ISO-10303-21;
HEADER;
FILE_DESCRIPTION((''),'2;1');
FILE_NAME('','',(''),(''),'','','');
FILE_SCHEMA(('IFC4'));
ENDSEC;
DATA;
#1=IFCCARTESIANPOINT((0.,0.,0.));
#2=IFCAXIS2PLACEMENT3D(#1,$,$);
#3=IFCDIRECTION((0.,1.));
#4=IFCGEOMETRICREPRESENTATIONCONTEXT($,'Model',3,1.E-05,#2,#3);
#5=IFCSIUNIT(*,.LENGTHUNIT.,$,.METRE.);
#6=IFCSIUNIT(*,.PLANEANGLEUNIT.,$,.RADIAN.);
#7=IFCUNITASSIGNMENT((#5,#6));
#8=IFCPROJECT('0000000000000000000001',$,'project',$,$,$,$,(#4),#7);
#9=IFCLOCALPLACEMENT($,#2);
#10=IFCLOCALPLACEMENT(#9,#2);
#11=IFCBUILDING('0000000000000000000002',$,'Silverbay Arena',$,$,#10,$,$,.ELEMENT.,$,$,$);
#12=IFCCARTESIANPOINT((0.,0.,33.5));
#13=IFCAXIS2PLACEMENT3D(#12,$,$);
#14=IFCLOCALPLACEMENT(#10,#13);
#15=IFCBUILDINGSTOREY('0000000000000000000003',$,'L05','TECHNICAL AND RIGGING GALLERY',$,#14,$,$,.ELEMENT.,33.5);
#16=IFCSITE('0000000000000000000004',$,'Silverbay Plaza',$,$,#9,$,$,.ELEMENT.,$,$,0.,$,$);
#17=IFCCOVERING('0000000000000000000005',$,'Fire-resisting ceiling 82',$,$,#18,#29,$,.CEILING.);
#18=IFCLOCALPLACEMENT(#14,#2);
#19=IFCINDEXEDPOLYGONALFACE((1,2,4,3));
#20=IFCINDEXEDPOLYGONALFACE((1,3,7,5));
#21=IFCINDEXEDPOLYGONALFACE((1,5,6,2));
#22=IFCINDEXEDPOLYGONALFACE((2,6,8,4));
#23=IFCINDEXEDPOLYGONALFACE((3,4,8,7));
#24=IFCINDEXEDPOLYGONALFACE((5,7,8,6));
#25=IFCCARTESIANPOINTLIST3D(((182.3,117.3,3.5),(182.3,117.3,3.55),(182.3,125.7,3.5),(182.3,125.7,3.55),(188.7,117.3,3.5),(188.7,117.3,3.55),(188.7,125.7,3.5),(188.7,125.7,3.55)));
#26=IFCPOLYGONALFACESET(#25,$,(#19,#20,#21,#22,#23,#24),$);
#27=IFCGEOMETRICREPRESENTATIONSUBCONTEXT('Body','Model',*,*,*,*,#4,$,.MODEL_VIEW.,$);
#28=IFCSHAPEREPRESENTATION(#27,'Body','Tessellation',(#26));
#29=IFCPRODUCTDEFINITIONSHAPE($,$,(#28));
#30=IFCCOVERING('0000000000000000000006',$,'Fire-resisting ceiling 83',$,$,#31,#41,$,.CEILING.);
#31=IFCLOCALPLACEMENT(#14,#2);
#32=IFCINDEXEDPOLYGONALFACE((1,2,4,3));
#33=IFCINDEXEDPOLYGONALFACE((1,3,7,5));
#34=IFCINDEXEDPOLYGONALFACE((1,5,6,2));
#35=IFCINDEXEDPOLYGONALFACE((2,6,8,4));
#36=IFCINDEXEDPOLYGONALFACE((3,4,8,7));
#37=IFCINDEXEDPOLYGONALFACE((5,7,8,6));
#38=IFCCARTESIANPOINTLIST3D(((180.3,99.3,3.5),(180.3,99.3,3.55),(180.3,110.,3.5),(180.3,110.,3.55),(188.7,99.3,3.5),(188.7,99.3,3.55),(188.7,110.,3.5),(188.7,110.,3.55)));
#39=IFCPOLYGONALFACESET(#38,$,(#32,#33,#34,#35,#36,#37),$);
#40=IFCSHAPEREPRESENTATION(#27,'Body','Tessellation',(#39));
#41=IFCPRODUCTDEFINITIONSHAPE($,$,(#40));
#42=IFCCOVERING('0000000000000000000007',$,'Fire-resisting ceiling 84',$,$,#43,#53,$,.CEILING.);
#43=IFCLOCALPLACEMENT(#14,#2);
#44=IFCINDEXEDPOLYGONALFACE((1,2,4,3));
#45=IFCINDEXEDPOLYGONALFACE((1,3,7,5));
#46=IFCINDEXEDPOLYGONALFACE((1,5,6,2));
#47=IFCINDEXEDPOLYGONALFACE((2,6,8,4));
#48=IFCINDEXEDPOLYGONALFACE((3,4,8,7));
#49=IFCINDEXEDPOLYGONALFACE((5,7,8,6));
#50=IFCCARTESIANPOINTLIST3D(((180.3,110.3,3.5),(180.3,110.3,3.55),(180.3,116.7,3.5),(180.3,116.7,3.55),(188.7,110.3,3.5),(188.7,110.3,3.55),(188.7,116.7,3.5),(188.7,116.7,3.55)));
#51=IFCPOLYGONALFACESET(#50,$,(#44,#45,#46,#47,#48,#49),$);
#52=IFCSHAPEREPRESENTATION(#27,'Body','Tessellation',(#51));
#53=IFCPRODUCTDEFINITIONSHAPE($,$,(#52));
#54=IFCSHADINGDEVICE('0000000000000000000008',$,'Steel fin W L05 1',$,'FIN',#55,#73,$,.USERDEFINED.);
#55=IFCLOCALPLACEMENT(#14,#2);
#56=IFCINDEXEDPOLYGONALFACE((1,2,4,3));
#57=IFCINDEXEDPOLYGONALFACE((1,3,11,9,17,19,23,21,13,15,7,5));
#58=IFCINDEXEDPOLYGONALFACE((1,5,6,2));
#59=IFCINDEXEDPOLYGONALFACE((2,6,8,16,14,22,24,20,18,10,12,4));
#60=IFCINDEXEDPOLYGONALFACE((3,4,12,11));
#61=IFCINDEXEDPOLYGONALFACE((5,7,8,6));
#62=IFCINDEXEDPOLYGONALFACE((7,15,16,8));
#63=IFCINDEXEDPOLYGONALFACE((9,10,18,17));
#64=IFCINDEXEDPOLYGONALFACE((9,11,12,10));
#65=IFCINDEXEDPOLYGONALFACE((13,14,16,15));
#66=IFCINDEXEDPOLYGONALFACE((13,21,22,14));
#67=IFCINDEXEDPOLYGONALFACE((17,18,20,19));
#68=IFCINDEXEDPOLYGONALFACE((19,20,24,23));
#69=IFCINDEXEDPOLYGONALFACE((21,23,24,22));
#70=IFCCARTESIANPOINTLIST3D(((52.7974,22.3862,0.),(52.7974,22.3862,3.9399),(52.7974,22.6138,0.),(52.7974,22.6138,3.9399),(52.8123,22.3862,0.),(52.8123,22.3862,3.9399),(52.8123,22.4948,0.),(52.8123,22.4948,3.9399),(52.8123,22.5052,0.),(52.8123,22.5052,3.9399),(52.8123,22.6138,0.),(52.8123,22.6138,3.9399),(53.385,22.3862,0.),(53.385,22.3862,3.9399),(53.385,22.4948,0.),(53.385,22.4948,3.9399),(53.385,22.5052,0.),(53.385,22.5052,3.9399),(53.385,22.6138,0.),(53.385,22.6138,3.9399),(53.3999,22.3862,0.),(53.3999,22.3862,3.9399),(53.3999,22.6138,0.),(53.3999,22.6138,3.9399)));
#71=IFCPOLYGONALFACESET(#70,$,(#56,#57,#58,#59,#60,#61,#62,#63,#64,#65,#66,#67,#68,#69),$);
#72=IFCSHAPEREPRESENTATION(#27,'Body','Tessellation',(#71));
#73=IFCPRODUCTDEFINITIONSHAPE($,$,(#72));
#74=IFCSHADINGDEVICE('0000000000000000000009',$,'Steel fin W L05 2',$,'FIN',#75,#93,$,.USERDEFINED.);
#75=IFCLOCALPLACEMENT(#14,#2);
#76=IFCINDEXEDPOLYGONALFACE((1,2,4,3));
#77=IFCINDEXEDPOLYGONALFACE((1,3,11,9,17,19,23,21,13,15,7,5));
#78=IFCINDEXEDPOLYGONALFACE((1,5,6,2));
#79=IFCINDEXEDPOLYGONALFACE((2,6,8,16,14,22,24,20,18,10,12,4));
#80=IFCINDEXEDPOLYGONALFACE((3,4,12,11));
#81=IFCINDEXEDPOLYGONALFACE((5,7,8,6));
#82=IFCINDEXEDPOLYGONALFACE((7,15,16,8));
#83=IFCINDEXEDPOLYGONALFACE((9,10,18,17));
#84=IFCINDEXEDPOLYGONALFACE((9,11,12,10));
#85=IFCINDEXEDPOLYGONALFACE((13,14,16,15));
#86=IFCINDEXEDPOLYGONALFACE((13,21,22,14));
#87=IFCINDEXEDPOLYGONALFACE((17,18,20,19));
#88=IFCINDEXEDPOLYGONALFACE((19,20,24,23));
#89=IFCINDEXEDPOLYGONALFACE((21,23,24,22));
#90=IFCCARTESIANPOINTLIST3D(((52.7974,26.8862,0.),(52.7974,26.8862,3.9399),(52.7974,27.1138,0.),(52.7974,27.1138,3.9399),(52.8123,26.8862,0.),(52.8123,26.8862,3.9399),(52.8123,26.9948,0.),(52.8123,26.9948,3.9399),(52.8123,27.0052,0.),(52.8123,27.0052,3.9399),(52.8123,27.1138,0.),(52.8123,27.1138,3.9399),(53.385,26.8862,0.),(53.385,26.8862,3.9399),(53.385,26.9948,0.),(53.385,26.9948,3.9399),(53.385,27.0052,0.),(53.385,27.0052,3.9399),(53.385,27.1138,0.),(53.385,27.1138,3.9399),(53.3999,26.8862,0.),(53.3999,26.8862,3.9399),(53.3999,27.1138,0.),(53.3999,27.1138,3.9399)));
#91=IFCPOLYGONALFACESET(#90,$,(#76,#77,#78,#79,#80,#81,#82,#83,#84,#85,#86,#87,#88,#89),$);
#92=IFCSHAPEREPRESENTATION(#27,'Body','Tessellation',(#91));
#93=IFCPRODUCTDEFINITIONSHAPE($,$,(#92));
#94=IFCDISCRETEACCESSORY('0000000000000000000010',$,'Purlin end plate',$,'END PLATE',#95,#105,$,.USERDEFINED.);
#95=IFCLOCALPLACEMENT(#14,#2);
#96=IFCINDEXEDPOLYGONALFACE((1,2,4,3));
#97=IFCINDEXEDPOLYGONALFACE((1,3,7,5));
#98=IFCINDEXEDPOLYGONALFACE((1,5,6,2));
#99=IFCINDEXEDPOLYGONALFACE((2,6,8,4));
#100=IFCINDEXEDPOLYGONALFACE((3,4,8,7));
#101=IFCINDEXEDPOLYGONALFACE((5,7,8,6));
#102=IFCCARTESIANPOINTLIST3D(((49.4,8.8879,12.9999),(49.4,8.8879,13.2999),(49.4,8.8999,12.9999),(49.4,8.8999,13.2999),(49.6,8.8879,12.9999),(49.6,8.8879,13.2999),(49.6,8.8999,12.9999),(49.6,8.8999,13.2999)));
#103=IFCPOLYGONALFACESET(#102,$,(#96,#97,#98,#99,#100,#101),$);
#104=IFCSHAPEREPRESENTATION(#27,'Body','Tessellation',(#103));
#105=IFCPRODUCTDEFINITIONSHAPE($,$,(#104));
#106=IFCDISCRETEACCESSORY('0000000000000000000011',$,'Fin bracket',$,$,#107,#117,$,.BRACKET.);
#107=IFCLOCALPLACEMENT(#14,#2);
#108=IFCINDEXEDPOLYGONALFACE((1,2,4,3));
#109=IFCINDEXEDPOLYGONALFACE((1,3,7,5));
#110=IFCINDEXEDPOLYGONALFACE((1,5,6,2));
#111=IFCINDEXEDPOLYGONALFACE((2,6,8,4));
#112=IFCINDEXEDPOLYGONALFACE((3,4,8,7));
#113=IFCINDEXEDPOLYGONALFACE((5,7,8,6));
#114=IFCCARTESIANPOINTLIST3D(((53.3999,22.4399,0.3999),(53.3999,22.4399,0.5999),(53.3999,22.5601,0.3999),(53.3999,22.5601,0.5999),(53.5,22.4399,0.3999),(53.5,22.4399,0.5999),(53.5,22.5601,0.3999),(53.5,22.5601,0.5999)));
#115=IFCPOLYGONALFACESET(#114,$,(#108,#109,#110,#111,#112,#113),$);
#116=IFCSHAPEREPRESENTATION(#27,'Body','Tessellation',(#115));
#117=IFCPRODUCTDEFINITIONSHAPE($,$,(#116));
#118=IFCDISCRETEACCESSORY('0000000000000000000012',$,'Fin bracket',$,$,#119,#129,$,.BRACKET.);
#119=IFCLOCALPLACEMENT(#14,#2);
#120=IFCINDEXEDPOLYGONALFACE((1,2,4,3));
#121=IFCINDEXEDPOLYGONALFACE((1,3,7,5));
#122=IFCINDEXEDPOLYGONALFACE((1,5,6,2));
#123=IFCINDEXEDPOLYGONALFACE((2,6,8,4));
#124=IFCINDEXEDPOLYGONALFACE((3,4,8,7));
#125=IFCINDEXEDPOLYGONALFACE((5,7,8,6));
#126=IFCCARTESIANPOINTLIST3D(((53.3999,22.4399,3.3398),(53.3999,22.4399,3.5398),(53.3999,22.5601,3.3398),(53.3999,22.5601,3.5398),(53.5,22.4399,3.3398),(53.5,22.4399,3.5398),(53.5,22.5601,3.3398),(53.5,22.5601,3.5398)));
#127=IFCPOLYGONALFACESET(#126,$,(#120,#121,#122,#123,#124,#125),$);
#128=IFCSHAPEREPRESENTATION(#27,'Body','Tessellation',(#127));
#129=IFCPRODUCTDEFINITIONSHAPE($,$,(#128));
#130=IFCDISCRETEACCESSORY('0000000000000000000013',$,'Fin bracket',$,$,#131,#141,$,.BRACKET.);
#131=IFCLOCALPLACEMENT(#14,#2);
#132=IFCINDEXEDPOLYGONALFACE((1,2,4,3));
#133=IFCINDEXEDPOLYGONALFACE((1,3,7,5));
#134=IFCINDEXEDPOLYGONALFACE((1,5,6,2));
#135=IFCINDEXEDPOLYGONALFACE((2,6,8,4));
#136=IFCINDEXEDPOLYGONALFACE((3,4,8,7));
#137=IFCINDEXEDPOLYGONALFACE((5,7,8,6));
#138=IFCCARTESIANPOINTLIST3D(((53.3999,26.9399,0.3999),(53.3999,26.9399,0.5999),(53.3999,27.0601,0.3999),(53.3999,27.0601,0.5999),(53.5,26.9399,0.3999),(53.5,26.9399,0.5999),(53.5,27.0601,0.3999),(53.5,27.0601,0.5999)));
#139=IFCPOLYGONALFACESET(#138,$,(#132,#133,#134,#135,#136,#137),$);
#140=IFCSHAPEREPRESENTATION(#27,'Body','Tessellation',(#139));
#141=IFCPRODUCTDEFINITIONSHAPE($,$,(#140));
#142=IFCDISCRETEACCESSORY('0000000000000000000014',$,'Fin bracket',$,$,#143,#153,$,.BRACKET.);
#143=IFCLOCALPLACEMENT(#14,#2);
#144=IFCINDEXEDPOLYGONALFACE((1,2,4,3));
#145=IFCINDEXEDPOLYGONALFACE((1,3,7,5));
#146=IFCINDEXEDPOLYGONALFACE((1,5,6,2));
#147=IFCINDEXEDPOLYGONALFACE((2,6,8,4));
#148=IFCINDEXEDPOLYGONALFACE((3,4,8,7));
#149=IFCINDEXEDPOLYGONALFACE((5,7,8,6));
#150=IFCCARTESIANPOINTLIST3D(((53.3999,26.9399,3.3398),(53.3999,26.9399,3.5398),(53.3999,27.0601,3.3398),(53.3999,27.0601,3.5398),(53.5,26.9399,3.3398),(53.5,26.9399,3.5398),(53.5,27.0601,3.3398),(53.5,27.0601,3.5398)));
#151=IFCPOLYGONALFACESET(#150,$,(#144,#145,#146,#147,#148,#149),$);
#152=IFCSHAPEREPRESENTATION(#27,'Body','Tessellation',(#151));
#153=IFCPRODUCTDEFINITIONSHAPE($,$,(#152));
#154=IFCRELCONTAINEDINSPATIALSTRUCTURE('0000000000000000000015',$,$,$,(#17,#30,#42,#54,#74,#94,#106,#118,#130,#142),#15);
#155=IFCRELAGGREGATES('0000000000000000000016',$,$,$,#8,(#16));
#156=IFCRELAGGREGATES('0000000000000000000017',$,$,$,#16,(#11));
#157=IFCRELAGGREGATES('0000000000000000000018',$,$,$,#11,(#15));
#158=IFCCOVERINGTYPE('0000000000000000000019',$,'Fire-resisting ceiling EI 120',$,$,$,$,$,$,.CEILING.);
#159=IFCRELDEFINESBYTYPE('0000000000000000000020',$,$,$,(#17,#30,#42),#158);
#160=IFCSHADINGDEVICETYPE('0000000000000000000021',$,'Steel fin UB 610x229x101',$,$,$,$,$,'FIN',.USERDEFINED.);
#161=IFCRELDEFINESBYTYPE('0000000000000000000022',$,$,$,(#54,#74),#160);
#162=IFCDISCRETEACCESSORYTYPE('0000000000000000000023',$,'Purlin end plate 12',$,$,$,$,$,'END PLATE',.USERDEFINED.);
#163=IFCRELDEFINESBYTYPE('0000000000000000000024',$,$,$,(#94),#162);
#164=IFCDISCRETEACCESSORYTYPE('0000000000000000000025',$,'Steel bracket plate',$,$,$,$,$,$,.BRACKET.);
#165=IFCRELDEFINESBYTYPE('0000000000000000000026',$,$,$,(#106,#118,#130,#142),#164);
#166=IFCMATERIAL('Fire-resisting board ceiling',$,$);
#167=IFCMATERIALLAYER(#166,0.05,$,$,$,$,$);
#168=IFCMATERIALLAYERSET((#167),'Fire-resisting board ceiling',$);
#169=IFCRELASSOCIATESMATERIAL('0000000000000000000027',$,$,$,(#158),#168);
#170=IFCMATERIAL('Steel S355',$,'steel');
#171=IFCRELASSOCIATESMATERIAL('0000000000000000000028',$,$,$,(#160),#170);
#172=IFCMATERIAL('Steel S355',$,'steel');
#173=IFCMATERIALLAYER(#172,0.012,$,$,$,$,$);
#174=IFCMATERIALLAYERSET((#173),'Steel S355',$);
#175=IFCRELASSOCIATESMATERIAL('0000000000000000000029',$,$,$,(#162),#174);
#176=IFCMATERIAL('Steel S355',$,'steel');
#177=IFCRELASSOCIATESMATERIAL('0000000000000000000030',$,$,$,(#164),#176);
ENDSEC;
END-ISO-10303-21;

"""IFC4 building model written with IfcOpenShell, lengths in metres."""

from ifc_helpers import new_model, si_unit, direction, frame, origin, origin_2d, place, context, subcontext, project, spatial, polyline, rectangle, i_section, outline, extrude, material, layer, layer_set, material_profile, profile_set, type_object, element, save


model = new_model("IFC4")

# Units and contexts
model_context = context("Model", 3, precision=1e-05, world=origin(), true_north=direction((0.0, 1.0)))
body_context = subcontext(model_context, "Body", "Model", "MODEL_VIEW")
ifc_project = project(units=[si_unit("LENGTHUNIT", "METRE"), si_unit("PLANEANGLEUNIT", "RADIAN")], contexts=[model_context])

# Site, building, storey
site_placement = place(None, origin())
site = spatial("IfcSite", under=ifc_project, at=site_placement, Name="Silverbay Plaza", CompositionType="ELEMENT", RefElevation=0.0)
building_placement = place(site_placement, origin())
building = spatial("IfcBuilding", under=site, at=building_placement, Name="Silverbay Arena", CompositionType="ELEMENT")
storey_placement = place(building_placement, frame((0.0, 0.0, 33.5)))
storey = spatial("IfcBuildingStorey", under=building, at=storey_placement, Name="L05", Description="TECHNICAL AND RIGGING GALLERY", CompositionType="ELEMENT", Elevation=33.5)

# Coverings
ifc_material_1 = material(Name="Fire-resisting board ceiling")
ifc_layer_1 = layer(ifc_material_1, 0.05)
ifc_layer_set_1 = layer_set([ifc_layer_1], Name="Fire-resisting board ceiling")
covering_type = type_object("IfcCoveringType", Name="Fire-resisting ceiling EI 120", PredefinedType="CEILING", material=ifc_layer_set_1)
covering_1_placement = place(storey_placement, frame((0.0, 0.0, 3.5)))
element("IfcCovering", 1, at=covering_1_placement, inside=storey, type_object=covering_type, Name="Fire-resisting ceiling 82", PredefinedType="CEILING", context=body_context, shape_type="SweptSolid", body=[
    extrude(outline(polyline([(188.7, 117.3), (188.7, 125.7), (182.3, 125.7), (182.3, 117.3), (188.7, 117.3)])), origin(), (0.0, 0.0, 1.0), 0.05),
])
covering_2_placement = place(storey_placement, frame((0.0, 0.0, 3.5)))
element("IfcCovering", 2, at=covering_2_placement, inside=storey, type_object=covering_type, Name="Fire-resisting ceiling 83", PredefinedType="CEILING", context=body_context, shape_type="SweptSolid", body=[
    extrude(outline(polyline([(180.3, 99.3), (188.7, 99.3), (188.7, 110.0), (180.3, 110.0), (180.3, 99.3)])), origin(), (0.0, 0.0, 1.0), 0.05),
])
covering_3_placement = place(storey_placement, frame((0.0, 0.0, 3.5)))
element("IfcCovering", 3, at=covering_3_placement, inside=storey, type_object=covering_type, Name="Fire-resisting ceiling 84", PredefinedType="CEILING", context=body_context, shape_type="SweptSolid", body=[
    extrude(outline(polyline([(180.3, 110.3), (188.7, 110.3), (188.7, 116.7), (180.3, 116.7), (180.3, 110.3)])), origin(), (0.0, 0.0, 1.0), 0.05),
])

# Shading devices
ifc_material_2 = material(Name="Steel S355", Category="steel")
ifc_material_profile_1 = material_profile(ifc_material_2, i_section(OverallWidth=0.2275, OverallDepth=0.6025, WebThickness=0.0105, FlangeThickness=0.0149, at=origin_2d()), Name="UB 610x229x101")
ifc_profile_set_1 = profile_set([ifc_material_profile_1], Name="Steel S355")
shading_device_type = type_object("IfcShadingDeviceType", Name="Steel fin UB 610x229x101", ElementType="FIN", PredefinedType="USERDEFINED", material=ifc_profile_set_1)
for number, where, z_axis, x_axis, name in (
    (4, (53.0986, 22.5, 0.0), (0.0, 0.0, 1.0), (0.0, 1.0, 0.0), "Steel fin W L05 1"),
    (5, (53.0986, 27.0, 0.0), (0.0, 0.0, 1.0), (0.0, 1.0, 0.0), "Steel fin W L05 2"),
):
    element("IfcShadingDevice", number, at=place(storey_placement, frame(where, z_axis=z_axis, x_axis=x_axis)), inside=storey, type_object=shading_device_type, Name=name, ObjectType="FIN", PredefinedType="USERDEFINED", context=body_context, shape_type="SweptSolid", body=[
        extrude(i_section(OverallWidth=0.2275, OverallDepth=0.6025, WebThickness=0.0105, FlangeThickness=0.0149, at=origin_2d()), origin(), (0.0, 0.0, 1.0), 3.9399),
    ])

# Discrete accessories
ifc_material_3 = material(Name="Steel S355", Category="steel")
ifc_layer_2 = layer(ifc_material_3, 0.012)
ifc_layer_set_2 = layer_set([ifc_layer_2], Name="Steel S355")
discrete_accessory_type_1 = type_object("IfcDiscreteAccessoryType", Name="Purlin end plate 12", ElementType="END PLATE", PredefinedType="USERDEFINED", material=ifc_layer_set_2)
discrete_accessory_placement = place(storey_placement, frame((49.5, 8.8999, 13.1499), z_axis=(0.0, -1.0, 0.0), x_axis=(1.0, 0.0, 0.0)))
element("IfcDiscreteAccessory", 6, at=discrete_accessory_placement, inside=storey, type_object=discrete_accessory_type_1, Name="Purlin end plate", ObjectType="END PLATE", PredefinedType="USERDEFINED", context=body_context, shape_type="SweptSolid", body=[
    extrude(rectangle(XDim=0.2, YDim=0.3, at=origin_2d()), origin(), (0.0, 0.0, 1.0), 0.012),
])
ifc_material_4 = material(Name="Steel S355", Category="steel")
discrete_accessory_type_2 = type_object("IfcDiscreteAccessoryType", Name="Steel bracket plate", PredefinedType="BRACKET", material=ifc_material_4)
for number, where, z_axis, x_axis, name in (
    (7, (53.45, 22.5, 0.3999), (0.0, 0.0, 1.0), (1.0, 0.0, 0.0), "Fin bracket"),
    (8, (53.45, 22.5, 3.3398), (0.0, 0.0, 1.0), (1.0, 0.0, 0.0), "Fin bracket"),
    (9, (53.45, 27.0, 0.3999), (0.0, 0.0, 1.0), (1.0, 0.0, 0.0), "Fin bracket"),
    (10, (53.45, 27.0, 3.3398), (0.0, 0.0, 1.0), (1.0, 0.0, 0.0), "Fin bracket"),
):
    element("IfcDiscreteAccessory", number, at=place(storey_placement, frame(where, z_axis=z_axis, x_axis=x_axis)), inside=storey, type_object=discrete_accessory_type_2, Name=name, PredefinedType="BRACKET", context=body_context, shape_type="SweptSolid", body=[
        extrude(rectangle(XDim=0.1001, YDim=0.1201, at=origin_2d()), origin(), (0.0, 0.0, 1.0), 0.2),
    ])

save(model, "model.ifc")
